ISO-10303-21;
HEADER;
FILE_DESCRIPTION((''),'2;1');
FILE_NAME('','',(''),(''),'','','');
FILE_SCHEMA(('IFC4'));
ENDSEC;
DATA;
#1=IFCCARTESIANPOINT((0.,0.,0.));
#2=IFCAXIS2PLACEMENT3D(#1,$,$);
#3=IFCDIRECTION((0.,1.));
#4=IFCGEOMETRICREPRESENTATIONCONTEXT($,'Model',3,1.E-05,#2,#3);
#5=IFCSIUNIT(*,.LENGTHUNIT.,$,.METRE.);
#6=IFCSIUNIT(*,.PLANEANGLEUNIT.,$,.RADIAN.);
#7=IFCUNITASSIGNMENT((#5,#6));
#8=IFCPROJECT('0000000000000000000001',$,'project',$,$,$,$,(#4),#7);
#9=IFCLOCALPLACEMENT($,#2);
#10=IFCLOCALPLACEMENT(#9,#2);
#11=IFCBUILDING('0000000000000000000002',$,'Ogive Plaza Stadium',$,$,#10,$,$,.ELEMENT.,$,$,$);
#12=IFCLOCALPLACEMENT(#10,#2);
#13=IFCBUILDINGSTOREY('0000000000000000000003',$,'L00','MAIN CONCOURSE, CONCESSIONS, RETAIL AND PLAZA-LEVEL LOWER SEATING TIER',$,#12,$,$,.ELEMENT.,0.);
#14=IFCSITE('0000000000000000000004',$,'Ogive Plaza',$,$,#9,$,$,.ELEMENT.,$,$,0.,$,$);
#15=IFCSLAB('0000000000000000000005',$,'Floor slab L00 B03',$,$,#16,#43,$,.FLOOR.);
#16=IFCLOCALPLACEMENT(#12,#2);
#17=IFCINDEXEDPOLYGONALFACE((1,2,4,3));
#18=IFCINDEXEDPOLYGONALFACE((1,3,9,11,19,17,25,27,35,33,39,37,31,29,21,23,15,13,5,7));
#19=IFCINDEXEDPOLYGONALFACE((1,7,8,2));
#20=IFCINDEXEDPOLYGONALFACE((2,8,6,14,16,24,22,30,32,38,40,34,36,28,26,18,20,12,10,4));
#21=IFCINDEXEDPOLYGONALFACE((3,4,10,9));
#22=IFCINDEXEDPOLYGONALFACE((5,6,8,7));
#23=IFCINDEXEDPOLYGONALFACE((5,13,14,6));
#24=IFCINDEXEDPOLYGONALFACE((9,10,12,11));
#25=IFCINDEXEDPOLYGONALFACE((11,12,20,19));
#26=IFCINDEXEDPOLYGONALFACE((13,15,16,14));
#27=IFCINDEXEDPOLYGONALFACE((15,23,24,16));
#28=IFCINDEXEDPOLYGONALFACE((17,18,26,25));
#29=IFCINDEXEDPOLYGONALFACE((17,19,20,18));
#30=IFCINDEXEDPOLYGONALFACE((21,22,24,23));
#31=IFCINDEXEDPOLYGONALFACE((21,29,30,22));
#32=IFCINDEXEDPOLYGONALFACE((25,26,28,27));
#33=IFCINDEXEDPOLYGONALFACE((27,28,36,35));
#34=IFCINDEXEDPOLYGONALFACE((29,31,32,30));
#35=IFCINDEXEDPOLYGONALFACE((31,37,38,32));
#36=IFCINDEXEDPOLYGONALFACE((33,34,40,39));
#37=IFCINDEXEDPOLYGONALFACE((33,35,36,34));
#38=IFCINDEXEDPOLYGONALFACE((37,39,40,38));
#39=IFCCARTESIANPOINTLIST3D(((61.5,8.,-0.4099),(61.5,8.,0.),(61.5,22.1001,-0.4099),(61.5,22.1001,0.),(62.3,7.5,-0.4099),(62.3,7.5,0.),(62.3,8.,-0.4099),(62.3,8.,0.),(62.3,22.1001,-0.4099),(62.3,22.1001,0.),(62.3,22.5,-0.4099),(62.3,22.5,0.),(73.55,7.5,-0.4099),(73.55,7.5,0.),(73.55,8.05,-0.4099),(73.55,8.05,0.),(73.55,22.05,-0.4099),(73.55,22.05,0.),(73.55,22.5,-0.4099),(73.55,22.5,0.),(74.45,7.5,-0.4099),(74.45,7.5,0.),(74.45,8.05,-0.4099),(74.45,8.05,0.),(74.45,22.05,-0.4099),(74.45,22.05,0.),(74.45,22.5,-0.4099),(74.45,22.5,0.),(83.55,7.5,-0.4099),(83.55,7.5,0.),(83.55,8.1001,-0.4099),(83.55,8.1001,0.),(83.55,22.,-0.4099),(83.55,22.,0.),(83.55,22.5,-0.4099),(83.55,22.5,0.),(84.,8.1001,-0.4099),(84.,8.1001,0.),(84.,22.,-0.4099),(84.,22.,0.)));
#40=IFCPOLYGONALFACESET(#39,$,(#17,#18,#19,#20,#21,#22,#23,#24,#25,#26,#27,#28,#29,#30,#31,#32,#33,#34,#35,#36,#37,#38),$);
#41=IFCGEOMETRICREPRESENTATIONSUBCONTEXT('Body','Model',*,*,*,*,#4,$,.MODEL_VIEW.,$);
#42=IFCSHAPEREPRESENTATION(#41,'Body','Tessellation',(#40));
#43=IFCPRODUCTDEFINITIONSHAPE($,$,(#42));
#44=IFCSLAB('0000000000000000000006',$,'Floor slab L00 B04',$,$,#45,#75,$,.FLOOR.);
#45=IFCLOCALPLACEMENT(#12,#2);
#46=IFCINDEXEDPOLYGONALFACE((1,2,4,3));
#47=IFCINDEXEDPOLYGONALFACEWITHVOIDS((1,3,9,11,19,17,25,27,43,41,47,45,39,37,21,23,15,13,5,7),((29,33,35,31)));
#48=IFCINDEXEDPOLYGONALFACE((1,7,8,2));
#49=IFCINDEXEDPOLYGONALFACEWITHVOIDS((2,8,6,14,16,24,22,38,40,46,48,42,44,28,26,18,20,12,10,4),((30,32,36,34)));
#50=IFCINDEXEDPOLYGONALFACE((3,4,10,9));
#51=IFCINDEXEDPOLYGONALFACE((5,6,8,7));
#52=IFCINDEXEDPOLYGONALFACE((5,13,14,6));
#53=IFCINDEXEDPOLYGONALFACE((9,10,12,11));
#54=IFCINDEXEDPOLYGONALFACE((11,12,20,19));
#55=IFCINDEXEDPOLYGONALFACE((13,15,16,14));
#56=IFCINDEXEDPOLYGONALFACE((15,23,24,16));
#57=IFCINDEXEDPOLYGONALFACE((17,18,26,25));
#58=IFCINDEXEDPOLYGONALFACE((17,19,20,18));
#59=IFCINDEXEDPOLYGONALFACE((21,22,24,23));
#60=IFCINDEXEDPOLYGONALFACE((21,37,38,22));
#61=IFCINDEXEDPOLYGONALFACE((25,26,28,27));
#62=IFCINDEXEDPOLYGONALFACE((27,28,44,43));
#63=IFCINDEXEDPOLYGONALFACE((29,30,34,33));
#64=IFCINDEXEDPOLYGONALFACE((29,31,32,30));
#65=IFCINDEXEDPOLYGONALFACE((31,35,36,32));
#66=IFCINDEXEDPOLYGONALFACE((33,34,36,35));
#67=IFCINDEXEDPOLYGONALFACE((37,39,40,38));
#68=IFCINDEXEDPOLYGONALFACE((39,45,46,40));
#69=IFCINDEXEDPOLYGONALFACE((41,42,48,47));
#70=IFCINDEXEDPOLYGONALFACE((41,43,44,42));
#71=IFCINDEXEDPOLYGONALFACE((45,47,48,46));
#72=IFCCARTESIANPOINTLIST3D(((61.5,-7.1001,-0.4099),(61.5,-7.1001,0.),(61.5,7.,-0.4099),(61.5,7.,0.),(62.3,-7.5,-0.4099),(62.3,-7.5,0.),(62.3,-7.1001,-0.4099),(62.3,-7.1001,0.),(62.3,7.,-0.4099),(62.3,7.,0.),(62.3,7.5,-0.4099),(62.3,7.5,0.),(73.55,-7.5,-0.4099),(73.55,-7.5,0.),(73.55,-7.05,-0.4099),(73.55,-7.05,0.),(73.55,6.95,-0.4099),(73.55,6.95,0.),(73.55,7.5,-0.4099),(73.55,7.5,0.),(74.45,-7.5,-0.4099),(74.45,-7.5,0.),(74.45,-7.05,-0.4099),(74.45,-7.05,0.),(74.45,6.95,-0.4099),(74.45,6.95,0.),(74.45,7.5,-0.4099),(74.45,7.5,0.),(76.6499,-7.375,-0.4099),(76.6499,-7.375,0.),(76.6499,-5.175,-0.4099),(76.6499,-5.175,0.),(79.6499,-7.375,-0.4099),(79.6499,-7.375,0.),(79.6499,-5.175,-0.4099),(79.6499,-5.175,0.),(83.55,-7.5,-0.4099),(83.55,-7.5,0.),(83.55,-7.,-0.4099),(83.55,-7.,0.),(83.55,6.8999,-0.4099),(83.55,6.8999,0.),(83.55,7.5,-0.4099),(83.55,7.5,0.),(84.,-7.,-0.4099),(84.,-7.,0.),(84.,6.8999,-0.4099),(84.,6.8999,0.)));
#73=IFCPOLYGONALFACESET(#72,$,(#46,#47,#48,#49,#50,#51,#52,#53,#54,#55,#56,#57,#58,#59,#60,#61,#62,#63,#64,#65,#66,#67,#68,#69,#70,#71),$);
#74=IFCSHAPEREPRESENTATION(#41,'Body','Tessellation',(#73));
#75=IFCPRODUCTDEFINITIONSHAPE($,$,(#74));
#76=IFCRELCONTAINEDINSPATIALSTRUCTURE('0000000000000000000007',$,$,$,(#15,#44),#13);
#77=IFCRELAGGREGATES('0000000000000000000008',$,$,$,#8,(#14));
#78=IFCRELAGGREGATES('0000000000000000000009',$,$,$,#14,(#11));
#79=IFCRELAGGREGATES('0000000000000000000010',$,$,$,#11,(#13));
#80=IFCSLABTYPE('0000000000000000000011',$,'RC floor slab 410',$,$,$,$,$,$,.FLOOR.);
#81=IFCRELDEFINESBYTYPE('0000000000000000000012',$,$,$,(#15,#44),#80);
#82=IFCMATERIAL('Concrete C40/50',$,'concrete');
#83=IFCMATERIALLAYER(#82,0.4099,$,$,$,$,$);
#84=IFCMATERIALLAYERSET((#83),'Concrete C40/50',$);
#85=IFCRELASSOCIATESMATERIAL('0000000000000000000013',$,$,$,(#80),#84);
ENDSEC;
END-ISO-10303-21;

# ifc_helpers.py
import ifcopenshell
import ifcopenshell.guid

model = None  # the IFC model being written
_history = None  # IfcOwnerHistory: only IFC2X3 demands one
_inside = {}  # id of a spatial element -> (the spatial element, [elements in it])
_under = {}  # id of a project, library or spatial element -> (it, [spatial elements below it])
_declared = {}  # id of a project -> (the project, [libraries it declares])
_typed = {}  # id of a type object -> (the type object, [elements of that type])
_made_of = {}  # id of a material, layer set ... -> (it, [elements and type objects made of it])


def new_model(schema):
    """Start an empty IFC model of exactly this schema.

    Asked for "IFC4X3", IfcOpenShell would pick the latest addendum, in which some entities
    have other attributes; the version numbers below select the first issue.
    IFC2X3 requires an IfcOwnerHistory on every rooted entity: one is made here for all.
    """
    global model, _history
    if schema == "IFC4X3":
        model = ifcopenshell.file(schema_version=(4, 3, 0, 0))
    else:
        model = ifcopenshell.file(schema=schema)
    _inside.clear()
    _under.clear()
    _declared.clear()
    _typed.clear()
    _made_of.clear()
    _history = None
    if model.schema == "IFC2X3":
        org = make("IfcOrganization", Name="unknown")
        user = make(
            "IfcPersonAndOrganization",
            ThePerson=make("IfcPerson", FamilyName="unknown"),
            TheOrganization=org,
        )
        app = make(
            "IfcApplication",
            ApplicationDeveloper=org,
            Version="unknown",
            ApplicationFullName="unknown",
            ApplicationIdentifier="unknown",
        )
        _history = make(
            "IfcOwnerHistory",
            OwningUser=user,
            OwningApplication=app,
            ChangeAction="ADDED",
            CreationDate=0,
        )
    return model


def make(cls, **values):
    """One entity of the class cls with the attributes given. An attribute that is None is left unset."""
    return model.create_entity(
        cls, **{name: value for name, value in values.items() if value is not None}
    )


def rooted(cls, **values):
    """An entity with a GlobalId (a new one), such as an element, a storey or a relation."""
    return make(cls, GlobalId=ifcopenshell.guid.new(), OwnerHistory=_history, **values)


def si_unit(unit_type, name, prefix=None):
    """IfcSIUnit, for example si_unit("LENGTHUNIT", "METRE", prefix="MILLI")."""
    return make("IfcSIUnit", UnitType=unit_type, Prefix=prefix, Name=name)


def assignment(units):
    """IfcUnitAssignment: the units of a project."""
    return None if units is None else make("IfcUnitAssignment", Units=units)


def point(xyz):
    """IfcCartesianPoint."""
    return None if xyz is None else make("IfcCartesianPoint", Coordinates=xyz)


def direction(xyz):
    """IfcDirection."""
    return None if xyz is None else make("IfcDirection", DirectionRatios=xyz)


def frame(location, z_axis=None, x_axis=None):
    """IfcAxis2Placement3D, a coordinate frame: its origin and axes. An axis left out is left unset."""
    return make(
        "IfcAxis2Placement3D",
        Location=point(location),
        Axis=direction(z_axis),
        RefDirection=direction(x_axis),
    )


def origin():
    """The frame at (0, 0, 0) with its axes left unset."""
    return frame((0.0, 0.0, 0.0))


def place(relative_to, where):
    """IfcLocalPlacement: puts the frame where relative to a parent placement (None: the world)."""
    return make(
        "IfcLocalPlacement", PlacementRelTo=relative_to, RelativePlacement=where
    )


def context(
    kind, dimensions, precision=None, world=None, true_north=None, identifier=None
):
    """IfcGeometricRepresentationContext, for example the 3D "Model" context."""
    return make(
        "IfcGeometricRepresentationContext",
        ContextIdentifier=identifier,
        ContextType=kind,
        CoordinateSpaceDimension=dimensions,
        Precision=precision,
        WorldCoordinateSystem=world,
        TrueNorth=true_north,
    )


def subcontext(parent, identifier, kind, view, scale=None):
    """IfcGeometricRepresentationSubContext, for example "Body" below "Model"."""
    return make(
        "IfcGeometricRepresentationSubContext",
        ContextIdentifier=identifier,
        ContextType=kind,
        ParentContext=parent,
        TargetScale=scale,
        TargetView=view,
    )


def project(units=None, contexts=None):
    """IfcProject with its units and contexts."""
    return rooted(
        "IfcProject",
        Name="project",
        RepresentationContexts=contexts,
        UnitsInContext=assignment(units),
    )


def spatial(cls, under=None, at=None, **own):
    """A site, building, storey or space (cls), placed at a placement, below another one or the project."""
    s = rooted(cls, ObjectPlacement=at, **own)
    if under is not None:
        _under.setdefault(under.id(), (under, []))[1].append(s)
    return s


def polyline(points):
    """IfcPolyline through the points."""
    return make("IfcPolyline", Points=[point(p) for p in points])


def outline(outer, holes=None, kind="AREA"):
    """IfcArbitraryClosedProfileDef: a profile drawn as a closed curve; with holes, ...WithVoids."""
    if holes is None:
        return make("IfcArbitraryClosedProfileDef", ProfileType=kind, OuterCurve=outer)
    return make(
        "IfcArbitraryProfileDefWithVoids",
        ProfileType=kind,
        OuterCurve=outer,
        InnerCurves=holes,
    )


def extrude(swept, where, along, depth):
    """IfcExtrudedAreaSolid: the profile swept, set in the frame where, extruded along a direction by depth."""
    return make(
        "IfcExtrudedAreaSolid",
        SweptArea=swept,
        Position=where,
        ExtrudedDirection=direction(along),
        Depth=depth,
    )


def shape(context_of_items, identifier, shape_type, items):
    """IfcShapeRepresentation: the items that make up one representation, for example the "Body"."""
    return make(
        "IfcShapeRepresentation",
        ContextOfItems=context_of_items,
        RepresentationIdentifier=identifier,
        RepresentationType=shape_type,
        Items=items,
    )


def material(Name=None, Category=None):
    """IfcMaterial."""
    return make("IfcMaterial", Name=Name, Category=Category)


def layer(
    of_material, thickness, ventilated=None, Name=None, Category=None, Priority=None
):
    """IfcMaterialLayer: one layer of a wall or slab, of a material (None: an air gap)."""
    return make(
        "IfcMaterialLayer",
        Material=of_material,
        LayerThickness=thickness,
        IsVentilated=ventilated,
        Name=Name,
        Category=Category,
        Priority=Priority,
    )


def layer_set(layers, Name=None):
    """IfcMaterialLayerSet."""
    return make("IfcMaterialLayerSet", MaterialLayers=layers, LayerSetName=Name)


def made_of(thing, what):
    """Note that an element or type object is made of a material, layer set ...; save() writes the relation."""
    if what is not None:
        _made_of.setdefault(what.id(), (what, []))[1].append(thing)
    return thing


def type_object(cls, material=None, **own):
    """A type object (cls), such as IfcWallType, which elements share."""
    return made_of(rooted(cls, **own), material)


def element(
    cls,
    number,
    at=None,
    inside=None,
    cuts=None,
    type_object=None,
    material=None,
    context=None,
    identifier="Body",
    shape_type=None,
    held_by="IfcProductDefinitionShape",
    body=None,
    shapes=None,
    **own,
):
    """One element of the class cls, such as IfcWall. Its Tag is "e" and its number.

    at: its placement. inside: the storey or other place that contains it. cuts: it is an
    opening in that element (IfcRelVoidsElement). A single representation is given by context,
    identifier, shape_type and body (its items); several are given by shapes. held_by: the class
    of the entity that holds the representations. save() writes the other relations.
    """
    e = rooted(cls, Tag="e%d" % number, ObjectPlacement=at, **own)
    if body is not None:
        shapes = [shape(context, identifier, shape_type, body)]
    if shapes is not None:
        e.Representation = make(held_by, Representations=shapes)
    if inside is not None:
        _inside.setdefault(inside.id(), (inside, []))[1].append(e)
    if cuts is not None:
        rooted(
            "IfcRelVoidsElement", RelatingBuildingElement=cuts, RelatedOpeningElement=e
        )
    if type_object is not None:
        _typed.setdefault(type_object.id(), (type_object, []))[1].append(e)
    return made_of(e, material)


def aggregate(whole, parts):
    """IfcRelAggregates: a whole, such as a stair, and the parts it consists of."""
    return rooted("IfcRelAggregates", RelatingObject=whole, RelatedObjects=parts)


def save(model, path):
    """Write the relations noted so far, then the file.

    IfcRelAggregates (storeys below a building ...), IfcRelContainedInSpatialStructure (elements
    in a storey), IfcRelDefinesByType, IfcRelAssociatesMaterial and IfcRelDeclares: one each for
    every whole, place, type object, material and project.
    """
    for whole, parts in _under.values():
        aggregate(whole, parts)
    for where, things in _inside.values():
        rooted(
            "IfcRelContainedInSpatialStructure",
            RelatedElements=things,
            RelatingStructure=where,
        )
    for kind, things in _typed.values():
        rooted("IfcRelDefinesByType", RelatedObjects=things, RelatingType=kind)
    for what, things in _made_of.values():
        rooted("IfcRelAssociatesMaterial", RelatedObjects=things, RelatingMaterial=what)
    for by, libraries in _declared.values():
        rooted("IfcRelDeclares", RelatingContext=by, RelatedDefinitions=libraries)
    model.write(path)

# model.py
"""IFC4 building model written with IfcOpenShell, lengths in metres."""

from ifc_helpers import new_model, si_unit, direction, frame, origin, place, context, subcontext, project, spatial, polyline, outline, extrude, material, layer, layer_set, type_object, element, save


model = new_model("IFC4")

# Units and contexts
model_context = context("Model", 3, precision=1e-05, world=origin(), true_north=direction((0.0, 1.0)))
body_context = subcontext(model_context, "Body", "Model", "MODEL_VIEW")
ifc_project = project(units=[si_unit("LENGTHUNIT", "METRE"), si_unit("PLANEANGLEUNIT", "RADIAN")], contexts=[model_context])

# Site, building, storey
site_placement = place(None, origin())
site = spatial("IfcSite", under=ifc_project, at=site_placement, Name="Ogive Plaza", CompositionType="ELEMENT", RefElevation=0.0)
building_placement = place(site_placement, origin())
building = spatial("IfcBuilding", under=site, at=building_placement, Name="Ogive Plaza Stadium", CompositionType="ELEMENT")
storey_placement = place(building_placement, origin())
storey = spatial("IfcBuildingStorey", under=building, at=storey_placement, Name="L00", Description="MAIN CONCOURSE, CONCESSIONS, RETAIL AND PLAZA-LEVEL LOWER SEATING TIER", CompositionType="ELEMENT", Elevation=0.0)

# Slabs
ifc_material_1 = material(Name="Concrete C40/50", Category="concrete")
ifc_layer_1 = layer(ifc_material_1, 0.4099)
ifc_layer_set_1 = layer_set([ifc_layer_1], Name="Concrete C40/50")
slab_type_1 = type_object("IfcSlabType", Name="RC floor slab 410", PredefinedType="FLOOR", material=ifc_layer_set_1)
slab_1_placement = place(storey_placement, frame((0.0, 0.0, -0.4099)))
element("IfcSlab", 1, at=slab_1_placement, inside=storey, type_object=slab_type_1, Name="Floor slab L00 B03", PredefinedType="FLOOR", context=body_context, shape_type="SweptSolid", body=[
    extrude(outline(polyline([(73.55, 7.5), (73.55, 8.05), (74.45, 8.05), (74.45, 7.5), (83.55, 7.5), (83.55, 8.1001), (84.0, 8.1001), (84.0, 22.0), (83.55, 22.0), (83.55, 22.5), (74.45, 22.5), (74.45, 22.05), (73.55, 22.05), (73.55, 22.5), (62.3, 22.5), (62.3, 22.1001), (61.5, 22.1001), (61.5, 8.0), (62.3, 8.0), (62.3, 7.5), (73.55, 7.5)])), origin(), (0.0, 0.0, 1.0), 0.4099),
])
slab_2_placement = place(storey_placement, frame((0.0, 0.0, -0.4099)))
element("IfcSlab", 2, at=slab_2_placement, inside=storey, type_object=slab_type_1, Name="Floor slab L00 B04", PredefinedType="FLOOR", context=body_context, shape_type="SweptSolid", body=[
    extrude(outline(polyline([(73.55, -7.5), (73.55, -7.05), (74.45, -7.05), (74.45, -7.5), (83.55, -7.5), (83.55, -7.0), (84.0, -7.0), (84.0, 6.8999), (83.55, 6.8999), (83.55, 7.5), (74.45, 7.5), (74.45, 6.95), (73.55, 6.95), (73.55, 7.5), (62.3, 7.5), (62.3, 7.0), (61.5, 7.0), (61.5, -7.1001), (62.3, -7.1001), (62.3, -7.5), (73.55, -7.5)]), holes=[polyline([(76.6499, -7.375), (79.6499, -7.375), (79.6499, -5.175), (76.6499, -5.175), (76.6499, -7.375)])]), origin(), (0.0, 0.0, 1.0), 0.4099),
])

save(model, "model.ifc")
